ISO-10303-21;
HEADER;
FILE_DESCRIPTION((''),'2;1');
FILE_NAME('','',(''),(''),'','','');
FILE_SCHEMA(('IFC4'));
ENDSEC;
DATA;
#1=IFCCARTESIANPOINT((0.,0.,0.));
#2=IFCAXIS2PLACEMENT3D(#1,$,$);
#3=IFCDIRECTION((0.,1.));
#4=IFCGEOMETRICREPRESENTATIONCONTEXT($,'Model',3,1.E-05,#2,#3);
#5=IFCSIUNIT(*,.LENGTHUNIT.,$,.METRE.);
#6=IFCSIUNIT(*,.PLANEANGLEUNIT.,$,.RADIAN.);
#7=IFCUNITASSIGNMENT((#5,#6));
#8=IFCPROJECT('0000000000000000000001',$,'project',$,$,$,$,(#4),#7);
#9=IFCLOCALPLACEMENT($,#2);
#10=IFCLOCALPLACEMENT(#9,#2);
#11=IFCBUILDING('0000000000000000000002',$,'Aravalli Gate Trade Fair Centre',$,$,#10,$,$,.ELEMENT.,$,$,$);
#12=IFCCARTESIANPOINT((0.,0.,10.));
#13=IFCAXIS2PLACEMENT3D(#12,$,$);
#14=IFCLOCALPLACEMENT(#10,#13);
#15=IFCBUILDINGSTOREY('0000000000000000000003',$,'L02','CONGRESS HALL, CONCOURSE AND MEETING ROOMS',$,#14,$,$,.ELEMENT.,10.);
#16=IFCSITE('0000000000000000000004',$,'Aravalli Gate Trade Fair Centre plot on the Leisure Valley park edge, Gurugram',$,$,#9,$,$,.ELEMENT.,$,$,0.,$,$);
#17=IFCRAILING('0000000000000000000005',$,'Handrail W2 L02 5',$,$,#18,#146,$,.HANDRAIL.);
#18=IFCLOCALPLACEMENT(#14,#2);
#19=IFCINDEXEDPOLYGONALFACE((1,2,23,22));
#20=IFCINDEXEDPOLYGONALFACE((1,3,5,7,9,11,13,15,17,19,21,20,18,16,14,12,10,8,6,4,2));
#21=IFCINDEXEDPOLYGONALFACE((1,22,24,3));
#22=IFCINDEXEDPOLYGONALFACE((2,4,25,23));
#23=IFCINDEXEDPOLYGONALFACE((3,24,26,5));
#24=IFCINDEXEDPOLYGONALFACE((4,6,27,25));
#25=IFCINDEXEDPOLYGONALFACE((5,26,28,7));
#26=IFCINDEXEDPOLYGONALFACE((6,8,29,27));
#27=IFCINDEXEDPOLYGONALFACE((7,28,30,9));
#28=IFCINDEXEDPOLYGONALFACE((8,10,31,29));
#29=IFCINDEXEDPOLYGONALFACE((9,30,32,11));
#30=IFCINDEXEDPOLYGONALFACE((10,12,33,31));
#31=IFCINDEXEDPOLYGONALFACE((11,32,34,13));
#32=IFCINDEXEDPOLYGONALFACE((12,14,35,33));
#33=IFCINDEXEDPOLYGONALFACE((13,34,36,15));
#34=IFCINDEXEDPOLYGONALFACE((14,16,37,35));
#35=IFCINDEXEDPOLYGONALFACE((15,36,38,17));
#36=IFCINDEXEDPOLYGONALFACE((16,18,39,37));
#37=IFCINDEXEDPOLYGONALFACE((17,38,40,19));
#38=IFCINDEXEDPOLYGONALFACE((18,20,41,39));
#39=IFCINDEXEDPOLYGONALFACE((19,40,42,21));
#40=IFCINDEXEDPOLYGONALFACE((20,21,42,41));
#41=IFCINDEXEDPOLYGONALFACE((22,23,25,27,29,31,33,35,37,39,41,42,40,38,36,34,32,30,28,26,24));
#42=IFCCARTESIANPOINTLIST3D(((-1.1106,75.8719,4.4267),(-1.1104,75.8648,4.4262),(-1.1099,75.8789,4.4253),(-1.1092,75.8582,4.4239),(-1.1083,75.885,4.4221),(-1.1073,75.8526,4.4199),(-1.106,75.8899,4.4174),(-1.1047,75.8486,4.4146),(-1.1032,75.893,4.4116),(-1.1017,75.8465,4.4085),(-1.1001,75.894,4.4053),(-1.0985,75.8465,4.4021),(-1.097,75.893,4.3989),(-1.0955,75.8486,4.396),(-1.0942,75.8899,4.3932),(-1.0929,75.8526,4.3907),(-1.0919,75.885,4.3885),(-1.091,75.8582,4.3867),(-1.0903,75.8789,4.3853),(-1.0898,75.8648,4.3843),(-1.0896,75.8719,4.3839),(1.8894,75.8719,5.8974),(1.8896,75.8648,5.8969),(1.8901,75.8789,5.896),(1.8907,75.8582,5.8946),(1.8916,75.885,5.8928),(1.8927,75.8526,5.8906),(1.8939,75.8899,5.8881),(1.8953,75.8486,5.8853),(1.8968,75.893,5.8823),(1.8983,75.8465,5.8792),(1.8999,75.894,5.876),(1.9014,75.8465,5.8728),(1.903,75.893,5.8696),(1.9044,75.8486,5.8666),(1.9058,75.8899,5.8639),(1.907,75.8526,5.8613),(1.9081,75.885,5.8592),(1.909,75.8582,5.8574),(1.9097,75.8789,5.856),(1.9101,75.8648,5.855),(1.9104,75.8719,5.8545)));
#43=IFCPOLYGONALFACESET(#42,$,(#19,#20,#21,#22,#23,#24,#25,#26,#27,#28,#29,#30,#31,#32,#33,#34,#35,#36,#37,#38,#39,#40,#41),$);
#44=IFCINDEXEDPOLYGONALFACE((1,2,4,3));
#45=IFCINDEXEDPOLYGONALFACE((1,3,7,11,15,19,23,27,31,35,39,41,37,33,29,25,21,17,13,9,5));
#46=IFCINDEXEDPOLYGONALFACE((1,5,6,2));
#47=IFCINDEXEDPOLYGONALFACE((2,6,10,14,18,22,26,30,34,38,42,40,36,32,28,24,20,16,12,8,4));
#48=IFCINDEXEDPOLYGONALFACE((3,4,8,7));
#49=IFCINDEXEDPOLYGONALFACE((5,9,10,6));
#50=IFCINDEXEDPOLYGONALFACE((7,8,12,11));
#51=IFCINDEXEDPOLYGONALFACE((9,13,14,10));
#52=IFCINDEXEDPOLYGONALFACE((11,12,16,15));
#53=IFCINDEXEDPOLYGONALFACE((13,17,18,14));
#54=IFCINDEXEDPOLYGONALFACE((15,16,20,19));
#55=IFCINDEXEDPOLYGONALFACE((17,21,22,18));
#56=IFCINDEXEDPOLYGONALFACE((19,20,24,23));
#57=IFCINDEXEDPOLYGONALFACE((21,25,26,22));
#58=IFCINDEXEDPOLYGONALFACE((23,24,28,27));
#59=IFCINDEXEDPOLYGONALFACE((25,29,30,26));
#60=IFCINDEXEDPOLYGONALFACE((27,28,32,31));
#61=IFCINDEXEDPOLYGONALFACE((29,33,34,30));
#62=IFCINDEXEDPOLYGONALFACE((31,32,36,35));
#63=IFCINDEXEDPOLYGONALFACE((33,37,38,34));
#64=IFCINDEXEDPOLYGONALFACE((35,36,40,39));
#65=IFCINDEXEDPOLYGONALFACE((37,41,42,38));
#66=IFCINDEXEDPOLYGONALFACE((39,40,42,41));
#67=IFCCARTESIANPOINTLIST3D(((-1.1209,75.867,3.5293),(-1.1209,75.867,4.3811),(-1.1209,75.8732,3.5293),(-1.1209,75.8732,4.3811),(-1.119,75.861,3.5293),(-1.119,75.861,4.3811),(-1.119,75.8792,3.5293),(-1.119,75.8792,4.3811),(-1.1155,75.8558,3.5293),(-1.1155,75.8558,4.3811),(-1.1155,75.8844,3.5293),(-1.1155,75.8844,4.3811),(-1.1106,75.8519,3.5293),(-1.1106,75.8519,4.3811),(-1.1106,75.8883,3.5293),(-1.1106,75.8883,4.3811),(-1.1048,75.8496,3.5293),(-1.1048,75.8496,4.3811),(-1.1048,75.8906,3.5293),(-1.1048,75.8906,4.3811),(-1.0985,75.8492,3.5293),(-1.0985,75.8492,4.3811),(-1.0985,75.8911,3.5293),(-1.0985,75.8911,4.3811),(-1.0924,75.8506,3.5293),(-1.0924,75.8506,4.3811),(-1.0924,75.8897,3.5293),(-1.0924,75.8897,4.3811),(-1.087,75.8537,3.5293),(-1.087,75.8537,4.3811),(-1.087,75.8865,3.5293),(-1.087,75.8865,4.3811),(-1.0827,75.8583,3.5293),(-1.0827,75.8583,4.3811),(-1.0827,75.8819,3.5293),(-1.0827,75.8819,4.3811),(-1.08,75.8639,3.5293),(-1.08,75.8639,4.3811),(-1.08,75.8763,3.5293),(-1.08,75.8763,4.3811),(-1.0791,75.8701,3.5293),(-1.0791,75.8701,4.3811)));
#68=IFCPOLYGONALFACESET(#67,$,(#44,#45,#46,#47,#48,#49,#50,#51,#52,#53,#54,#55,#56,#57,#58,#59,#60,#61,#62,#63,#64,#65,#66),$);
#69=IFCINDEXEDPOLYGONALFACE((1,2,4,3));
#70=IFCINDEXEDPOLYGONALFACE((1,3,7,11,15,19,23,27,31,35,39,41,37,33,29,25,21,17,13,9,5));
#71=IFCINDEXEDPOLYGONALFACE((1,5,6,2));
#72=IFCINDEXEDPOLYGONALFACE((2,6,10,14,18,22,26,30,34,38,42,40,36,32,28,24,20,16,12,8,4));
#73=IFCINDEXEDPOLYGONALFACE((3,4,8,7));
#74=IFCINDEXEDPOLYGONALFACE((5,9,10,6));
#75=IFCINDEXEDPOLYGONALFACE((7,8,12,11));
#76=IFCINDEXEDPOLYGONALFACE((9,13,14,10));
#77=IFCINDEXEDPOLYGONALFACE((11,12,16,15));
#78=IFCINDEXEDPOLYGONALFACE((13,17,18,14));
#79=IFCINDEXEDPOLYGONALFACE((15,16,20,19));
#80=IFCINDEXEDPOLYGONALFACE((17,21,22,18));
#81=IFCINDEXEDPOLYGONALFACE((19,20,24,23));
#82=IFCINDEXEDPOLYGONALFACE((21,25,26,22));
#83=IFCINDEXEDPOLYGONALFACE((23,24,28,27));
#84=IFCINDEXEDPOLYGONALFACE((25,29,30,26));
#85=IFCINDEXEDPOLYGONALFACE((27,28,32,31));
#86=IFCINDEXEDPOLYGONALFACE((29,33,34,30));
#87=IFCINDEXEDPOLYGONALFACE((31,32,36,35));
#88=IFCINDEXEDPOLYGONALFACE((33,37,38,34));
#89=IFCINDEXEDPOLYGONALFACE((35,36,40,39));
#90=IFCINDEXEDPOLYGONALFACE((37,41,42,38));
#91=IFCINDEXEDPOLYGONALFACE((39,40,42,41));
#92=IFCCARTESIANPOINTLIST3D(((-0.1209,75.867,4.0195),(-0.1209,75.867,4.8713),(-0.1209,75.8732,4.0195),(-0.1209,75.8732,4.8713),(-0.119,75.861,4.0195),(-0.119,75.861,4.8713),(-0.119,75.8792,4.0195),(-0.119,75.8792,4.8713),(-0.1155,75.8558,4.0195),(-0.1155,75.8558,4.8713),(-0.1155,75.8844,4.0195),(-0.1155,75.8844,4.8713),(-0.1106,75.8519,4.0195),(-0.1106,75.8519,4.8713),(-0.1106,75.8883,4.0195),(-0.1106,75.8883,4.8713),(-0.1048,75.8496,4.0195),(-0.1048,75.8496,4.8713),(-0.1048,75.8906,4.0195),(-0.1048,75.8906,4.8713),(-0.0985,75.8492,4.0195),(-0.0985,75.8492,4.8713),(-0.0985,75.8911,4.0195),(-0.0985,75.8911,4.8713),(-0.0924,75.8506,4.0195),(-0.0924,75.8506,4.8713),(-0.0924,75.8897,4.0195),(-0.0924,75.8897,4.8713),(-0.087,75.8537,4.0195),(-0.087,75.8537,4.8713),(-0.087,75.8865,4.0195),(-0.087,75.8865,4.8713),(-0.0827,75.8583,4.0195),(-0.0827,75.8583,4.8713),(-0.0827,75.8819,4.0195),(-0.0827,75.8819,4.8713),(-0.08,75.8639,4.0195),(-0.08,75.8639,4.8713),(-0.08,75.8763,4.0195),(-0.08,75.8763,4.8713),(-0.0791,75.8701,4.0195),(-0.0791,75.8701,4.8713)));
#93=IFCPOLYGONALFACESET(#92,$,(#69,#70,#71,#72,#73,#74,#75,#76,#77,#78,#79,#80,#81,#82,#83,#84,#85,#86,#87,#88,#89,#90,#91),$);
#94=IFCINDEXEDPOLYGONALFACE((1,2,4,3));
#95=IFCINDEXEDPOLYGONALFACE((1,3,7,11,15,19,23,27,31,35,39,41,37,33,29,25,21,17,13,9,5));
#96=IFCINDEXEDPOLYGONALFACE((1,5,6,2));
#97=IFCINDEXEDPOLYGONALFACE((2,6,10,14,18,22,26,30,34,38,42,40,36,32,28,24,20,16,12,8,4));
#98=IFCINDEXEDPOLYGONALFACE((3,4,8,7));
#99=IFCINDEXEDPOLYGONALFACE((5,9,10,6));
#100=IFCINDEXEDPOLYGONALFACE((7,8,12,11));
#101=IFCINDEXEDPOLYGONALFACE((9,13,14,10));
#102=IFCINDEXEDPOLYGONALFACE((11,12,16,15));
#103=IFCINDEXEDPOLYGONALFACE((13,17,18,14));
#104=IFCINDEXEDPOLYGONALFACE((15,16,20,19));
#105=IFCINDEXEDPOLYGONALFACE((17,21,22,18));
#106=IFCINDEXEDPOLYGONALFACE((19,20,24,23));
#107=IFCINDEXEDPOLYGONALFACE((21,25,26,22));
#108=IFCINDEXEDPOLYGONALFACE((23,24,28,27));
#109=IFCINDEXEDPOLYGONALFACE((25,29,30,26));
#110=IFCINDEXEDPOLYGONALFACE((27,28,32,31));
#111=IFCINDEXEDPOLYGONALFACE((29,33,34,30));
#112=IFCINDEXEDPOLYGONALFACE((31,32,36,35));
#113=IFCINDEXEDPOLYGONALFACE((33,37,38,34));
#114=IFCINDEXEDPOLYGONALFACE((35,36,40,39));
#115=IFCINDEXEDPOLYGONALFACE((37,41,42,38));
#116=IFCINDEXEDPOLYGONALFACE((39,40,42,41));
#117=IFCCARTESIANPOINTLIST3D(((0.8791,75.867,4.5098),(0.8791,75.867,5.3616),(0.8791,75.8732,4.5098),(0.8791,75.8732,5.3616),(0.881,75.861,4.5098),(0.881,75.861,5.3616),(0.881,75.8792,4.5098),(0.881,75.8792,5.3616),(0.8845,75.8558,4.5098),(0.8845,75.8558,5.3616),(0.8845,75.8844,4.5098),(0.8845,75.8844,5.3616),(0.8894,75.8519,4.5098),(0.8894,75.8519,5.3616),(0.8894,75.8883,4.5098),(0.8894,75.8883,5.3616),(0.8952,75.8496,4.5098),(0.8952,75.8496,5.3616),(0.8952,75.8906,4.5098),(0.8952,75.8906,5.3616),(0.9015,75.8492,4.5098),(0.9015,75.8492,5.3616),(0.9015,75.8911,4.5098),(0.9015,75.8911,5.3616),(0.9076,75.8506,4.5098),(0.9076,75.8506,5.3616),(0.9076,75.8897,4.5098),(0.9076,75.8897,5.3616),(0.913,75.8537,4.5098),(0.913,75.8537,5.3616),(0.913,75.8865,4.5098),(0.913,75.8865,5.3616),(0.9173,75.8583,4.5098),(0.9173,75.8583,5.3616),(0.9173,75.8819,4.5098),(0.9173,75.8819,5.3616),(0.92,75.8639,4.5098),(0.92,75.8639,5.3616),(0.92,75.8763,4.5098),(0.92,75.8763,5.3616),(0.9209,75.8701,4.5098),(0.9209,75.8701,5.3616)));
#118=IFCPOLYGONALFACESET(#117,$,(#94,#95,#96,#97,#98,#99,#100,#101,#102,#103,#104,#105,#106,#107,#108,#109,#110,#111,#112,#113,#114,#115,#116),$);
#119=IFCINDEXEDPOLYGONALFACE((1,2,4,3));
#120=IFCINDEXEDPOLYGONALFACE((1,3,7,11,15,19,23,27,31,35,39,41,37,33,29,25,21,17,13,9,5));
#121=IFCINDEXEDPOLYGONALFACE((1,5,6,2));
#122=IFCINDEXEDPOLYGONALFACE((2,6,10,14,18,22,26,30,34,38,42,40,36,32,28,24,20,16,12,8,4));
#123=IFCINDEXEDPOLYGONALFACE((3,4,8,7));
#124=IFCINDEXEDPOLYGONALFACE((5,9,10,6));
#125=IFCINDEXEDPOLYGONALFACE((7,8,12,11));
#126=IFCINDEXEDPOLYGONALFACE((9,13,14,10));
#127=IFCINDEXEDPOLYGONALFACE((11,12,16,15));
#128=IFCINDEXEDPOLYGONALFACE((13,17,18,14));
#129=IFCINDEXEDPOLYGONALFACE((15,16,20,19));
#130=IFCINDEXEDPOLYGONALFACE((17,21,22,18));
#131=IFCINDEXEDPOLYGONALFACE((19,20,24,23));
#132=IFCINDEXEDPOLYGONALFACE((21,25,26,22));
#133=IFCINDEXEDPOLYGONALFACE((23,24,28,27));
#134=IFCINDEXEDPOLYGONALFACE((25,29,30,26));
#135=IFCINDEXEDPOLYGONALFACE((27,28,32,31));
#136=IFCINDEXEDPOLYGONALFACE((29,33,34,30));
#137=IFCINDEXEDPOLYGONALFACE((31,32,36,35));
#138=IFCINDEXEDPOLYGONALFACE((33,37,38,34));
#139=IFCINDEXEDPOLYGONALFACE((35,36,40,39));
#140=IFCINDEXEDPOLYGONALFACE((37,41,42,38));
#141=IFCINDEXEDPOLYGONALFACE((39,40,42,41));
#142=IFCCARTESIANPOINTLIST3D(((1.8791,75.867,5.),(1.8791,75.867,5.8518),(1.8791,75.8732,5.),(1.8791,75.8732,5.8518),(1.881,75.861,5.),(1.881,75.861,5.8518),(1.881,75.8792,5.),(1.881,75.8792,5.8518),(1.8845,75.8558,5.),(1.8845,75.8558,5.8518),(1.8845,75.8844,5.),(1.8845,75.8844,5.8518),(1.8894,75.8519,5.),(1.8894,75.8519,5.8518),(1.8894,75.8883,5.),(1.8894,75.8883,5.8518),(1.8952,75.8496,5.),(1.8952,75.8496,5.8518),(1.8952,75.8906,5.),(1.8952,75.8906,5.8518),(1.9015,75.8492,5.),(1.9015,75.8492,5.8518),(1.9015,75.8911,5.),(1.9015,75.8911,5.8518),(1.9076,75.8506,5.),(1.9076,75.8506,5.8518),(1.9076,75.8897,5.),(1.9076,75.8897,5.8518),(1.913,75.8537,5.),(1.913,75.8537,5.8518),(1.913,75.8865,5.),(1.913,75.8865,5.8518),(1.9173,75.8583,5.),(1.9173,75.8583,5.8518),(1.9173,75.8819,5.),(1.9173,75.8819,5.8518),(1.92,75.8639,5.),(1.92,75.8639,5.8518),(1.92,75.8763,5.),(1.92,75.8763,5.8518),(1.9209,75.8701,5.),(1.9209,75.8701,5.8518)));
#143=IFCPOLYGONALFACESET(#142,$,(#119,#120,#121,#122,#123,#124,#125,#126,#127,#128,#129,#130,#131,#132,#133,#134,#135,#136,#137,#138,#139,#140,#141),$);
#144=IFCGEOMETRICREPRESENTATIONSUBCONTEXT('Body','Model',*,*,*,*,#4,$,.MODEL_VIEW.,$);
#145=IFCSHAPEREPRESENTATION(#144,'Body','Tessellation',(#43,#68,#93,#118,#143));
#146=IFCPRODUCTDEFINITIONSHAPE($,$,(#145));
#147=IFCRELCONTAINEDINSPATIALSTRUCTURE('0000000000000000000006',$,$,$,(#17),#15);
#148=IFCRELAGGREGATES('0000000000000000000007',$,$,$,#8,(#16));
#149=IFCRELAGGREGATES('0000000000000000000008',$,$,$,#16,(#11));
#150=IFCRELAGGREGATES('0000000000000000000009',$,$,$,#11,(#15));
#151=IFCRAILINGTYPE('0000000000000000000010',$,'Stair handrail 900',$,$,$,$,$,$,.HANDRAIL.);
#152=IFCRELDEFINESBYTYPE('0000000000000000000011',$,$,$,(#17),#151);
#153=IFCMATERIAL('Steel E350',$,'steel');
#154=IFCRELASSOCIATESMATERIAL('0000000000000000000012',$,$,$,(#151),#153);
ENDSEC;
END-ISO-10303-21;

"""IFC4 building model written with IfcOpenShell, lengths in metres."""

from ifc_helpers import new_model, si_unit, direction, frame, origin, origin_2d, place, context, subcontext, project, spatial, circle, extrude, material, type_object, element, save


model = new_model("IFC4")

# Units and contexts
model_context = context("Model", 3, precision=1e-05, world=origin(), true_north=direction((0.0, 1.0)))
body_context = subcontext(model_context, "Body", "Model", "MODEL_VIEW")
ifc_project = project(units=[si_unit("LENGTHUNIT", "METRE"), si_unit("PLANEANGLEUNIT", "RADIAN")], contexts=[model_context])

# Site, building, storey
site_placement = place(None, origin())
site = spatial("IfcSite", under=ifc_project, at=site_placement, Name="Aravalli Gate Trade Fair Centre plot on the Leisure Valley park edge, Gurugram", CompositionType="ELEMENT", RefElevation=0.0)
building_placement = place(site_placement, origin())
building = spatial("IfcBuilding", under=site, at=building_placement, Name="Aravalli Gate Trade Fair Centre", CompositionType="ELEMENT")
storey_placement = place(building_placement, frame((0.0, 0.0, 10.0)))
storey = spatial("IfcBuildingStorey", under=building, at=storey_placement, Name="L02", Description="CONGRESS HALL, CONCOURSE AND MEETING ROOMS", CompositionType="ELEMENT", Elevation=10.0)

# Railing
ifc_material_1 = material(Name="Steel E350", Category="steel")
railing_type_1 = type_object("IfcRailingType", Name="Stair handrail 900", PredefinedType="HANDRAIL", material=ifc_material_1)
for number, where, name in (
    (1, (-1.1001, 75.8701, 3.5293), "Handrail W2 L02 5"),
):
    element("IfcRailing", number, at=place(storey_placement, frame(where)), inside=storey, type_object=railing_type_1, Name=name, PredefinedType="HANDRAIL", context=body_context, shape_type="SweptSolid", body=[
        extrude(circle(Radius=0.0239, at=origin_2d()), frame((0.0, 0.0, 0.876), z_axis=(0.897907, 0.0, 0.440185), x_axis=(0.0, 1.0, 0.0)), (0.0, 0.0, 1.0), 3.3411),
        extrude(circle(Radius=0.021, at=origin_2d()), origin(), (0.0, 0.0, 1.0), 0.8518),
        extrude(circle(Radius=0.021, at=origin_2d()), frame((1.0, 0.0, 0.4902)), (0.0, 0.0, 1.0), 0.8518),
        extrude(circle(Radius=0.021, at=origin_2d()), frame((2.0, 0.0, 0.9805)), (0.0, 0.0, 1.0), 0.8518),
        extrude(circle(Radius=0.021, at=origin_2d()), frame((3.0, 0.0, 1.4707)), (0.0, 0.0, 1.0), 0.8518),
    ])

save(model, "model.ifc")
